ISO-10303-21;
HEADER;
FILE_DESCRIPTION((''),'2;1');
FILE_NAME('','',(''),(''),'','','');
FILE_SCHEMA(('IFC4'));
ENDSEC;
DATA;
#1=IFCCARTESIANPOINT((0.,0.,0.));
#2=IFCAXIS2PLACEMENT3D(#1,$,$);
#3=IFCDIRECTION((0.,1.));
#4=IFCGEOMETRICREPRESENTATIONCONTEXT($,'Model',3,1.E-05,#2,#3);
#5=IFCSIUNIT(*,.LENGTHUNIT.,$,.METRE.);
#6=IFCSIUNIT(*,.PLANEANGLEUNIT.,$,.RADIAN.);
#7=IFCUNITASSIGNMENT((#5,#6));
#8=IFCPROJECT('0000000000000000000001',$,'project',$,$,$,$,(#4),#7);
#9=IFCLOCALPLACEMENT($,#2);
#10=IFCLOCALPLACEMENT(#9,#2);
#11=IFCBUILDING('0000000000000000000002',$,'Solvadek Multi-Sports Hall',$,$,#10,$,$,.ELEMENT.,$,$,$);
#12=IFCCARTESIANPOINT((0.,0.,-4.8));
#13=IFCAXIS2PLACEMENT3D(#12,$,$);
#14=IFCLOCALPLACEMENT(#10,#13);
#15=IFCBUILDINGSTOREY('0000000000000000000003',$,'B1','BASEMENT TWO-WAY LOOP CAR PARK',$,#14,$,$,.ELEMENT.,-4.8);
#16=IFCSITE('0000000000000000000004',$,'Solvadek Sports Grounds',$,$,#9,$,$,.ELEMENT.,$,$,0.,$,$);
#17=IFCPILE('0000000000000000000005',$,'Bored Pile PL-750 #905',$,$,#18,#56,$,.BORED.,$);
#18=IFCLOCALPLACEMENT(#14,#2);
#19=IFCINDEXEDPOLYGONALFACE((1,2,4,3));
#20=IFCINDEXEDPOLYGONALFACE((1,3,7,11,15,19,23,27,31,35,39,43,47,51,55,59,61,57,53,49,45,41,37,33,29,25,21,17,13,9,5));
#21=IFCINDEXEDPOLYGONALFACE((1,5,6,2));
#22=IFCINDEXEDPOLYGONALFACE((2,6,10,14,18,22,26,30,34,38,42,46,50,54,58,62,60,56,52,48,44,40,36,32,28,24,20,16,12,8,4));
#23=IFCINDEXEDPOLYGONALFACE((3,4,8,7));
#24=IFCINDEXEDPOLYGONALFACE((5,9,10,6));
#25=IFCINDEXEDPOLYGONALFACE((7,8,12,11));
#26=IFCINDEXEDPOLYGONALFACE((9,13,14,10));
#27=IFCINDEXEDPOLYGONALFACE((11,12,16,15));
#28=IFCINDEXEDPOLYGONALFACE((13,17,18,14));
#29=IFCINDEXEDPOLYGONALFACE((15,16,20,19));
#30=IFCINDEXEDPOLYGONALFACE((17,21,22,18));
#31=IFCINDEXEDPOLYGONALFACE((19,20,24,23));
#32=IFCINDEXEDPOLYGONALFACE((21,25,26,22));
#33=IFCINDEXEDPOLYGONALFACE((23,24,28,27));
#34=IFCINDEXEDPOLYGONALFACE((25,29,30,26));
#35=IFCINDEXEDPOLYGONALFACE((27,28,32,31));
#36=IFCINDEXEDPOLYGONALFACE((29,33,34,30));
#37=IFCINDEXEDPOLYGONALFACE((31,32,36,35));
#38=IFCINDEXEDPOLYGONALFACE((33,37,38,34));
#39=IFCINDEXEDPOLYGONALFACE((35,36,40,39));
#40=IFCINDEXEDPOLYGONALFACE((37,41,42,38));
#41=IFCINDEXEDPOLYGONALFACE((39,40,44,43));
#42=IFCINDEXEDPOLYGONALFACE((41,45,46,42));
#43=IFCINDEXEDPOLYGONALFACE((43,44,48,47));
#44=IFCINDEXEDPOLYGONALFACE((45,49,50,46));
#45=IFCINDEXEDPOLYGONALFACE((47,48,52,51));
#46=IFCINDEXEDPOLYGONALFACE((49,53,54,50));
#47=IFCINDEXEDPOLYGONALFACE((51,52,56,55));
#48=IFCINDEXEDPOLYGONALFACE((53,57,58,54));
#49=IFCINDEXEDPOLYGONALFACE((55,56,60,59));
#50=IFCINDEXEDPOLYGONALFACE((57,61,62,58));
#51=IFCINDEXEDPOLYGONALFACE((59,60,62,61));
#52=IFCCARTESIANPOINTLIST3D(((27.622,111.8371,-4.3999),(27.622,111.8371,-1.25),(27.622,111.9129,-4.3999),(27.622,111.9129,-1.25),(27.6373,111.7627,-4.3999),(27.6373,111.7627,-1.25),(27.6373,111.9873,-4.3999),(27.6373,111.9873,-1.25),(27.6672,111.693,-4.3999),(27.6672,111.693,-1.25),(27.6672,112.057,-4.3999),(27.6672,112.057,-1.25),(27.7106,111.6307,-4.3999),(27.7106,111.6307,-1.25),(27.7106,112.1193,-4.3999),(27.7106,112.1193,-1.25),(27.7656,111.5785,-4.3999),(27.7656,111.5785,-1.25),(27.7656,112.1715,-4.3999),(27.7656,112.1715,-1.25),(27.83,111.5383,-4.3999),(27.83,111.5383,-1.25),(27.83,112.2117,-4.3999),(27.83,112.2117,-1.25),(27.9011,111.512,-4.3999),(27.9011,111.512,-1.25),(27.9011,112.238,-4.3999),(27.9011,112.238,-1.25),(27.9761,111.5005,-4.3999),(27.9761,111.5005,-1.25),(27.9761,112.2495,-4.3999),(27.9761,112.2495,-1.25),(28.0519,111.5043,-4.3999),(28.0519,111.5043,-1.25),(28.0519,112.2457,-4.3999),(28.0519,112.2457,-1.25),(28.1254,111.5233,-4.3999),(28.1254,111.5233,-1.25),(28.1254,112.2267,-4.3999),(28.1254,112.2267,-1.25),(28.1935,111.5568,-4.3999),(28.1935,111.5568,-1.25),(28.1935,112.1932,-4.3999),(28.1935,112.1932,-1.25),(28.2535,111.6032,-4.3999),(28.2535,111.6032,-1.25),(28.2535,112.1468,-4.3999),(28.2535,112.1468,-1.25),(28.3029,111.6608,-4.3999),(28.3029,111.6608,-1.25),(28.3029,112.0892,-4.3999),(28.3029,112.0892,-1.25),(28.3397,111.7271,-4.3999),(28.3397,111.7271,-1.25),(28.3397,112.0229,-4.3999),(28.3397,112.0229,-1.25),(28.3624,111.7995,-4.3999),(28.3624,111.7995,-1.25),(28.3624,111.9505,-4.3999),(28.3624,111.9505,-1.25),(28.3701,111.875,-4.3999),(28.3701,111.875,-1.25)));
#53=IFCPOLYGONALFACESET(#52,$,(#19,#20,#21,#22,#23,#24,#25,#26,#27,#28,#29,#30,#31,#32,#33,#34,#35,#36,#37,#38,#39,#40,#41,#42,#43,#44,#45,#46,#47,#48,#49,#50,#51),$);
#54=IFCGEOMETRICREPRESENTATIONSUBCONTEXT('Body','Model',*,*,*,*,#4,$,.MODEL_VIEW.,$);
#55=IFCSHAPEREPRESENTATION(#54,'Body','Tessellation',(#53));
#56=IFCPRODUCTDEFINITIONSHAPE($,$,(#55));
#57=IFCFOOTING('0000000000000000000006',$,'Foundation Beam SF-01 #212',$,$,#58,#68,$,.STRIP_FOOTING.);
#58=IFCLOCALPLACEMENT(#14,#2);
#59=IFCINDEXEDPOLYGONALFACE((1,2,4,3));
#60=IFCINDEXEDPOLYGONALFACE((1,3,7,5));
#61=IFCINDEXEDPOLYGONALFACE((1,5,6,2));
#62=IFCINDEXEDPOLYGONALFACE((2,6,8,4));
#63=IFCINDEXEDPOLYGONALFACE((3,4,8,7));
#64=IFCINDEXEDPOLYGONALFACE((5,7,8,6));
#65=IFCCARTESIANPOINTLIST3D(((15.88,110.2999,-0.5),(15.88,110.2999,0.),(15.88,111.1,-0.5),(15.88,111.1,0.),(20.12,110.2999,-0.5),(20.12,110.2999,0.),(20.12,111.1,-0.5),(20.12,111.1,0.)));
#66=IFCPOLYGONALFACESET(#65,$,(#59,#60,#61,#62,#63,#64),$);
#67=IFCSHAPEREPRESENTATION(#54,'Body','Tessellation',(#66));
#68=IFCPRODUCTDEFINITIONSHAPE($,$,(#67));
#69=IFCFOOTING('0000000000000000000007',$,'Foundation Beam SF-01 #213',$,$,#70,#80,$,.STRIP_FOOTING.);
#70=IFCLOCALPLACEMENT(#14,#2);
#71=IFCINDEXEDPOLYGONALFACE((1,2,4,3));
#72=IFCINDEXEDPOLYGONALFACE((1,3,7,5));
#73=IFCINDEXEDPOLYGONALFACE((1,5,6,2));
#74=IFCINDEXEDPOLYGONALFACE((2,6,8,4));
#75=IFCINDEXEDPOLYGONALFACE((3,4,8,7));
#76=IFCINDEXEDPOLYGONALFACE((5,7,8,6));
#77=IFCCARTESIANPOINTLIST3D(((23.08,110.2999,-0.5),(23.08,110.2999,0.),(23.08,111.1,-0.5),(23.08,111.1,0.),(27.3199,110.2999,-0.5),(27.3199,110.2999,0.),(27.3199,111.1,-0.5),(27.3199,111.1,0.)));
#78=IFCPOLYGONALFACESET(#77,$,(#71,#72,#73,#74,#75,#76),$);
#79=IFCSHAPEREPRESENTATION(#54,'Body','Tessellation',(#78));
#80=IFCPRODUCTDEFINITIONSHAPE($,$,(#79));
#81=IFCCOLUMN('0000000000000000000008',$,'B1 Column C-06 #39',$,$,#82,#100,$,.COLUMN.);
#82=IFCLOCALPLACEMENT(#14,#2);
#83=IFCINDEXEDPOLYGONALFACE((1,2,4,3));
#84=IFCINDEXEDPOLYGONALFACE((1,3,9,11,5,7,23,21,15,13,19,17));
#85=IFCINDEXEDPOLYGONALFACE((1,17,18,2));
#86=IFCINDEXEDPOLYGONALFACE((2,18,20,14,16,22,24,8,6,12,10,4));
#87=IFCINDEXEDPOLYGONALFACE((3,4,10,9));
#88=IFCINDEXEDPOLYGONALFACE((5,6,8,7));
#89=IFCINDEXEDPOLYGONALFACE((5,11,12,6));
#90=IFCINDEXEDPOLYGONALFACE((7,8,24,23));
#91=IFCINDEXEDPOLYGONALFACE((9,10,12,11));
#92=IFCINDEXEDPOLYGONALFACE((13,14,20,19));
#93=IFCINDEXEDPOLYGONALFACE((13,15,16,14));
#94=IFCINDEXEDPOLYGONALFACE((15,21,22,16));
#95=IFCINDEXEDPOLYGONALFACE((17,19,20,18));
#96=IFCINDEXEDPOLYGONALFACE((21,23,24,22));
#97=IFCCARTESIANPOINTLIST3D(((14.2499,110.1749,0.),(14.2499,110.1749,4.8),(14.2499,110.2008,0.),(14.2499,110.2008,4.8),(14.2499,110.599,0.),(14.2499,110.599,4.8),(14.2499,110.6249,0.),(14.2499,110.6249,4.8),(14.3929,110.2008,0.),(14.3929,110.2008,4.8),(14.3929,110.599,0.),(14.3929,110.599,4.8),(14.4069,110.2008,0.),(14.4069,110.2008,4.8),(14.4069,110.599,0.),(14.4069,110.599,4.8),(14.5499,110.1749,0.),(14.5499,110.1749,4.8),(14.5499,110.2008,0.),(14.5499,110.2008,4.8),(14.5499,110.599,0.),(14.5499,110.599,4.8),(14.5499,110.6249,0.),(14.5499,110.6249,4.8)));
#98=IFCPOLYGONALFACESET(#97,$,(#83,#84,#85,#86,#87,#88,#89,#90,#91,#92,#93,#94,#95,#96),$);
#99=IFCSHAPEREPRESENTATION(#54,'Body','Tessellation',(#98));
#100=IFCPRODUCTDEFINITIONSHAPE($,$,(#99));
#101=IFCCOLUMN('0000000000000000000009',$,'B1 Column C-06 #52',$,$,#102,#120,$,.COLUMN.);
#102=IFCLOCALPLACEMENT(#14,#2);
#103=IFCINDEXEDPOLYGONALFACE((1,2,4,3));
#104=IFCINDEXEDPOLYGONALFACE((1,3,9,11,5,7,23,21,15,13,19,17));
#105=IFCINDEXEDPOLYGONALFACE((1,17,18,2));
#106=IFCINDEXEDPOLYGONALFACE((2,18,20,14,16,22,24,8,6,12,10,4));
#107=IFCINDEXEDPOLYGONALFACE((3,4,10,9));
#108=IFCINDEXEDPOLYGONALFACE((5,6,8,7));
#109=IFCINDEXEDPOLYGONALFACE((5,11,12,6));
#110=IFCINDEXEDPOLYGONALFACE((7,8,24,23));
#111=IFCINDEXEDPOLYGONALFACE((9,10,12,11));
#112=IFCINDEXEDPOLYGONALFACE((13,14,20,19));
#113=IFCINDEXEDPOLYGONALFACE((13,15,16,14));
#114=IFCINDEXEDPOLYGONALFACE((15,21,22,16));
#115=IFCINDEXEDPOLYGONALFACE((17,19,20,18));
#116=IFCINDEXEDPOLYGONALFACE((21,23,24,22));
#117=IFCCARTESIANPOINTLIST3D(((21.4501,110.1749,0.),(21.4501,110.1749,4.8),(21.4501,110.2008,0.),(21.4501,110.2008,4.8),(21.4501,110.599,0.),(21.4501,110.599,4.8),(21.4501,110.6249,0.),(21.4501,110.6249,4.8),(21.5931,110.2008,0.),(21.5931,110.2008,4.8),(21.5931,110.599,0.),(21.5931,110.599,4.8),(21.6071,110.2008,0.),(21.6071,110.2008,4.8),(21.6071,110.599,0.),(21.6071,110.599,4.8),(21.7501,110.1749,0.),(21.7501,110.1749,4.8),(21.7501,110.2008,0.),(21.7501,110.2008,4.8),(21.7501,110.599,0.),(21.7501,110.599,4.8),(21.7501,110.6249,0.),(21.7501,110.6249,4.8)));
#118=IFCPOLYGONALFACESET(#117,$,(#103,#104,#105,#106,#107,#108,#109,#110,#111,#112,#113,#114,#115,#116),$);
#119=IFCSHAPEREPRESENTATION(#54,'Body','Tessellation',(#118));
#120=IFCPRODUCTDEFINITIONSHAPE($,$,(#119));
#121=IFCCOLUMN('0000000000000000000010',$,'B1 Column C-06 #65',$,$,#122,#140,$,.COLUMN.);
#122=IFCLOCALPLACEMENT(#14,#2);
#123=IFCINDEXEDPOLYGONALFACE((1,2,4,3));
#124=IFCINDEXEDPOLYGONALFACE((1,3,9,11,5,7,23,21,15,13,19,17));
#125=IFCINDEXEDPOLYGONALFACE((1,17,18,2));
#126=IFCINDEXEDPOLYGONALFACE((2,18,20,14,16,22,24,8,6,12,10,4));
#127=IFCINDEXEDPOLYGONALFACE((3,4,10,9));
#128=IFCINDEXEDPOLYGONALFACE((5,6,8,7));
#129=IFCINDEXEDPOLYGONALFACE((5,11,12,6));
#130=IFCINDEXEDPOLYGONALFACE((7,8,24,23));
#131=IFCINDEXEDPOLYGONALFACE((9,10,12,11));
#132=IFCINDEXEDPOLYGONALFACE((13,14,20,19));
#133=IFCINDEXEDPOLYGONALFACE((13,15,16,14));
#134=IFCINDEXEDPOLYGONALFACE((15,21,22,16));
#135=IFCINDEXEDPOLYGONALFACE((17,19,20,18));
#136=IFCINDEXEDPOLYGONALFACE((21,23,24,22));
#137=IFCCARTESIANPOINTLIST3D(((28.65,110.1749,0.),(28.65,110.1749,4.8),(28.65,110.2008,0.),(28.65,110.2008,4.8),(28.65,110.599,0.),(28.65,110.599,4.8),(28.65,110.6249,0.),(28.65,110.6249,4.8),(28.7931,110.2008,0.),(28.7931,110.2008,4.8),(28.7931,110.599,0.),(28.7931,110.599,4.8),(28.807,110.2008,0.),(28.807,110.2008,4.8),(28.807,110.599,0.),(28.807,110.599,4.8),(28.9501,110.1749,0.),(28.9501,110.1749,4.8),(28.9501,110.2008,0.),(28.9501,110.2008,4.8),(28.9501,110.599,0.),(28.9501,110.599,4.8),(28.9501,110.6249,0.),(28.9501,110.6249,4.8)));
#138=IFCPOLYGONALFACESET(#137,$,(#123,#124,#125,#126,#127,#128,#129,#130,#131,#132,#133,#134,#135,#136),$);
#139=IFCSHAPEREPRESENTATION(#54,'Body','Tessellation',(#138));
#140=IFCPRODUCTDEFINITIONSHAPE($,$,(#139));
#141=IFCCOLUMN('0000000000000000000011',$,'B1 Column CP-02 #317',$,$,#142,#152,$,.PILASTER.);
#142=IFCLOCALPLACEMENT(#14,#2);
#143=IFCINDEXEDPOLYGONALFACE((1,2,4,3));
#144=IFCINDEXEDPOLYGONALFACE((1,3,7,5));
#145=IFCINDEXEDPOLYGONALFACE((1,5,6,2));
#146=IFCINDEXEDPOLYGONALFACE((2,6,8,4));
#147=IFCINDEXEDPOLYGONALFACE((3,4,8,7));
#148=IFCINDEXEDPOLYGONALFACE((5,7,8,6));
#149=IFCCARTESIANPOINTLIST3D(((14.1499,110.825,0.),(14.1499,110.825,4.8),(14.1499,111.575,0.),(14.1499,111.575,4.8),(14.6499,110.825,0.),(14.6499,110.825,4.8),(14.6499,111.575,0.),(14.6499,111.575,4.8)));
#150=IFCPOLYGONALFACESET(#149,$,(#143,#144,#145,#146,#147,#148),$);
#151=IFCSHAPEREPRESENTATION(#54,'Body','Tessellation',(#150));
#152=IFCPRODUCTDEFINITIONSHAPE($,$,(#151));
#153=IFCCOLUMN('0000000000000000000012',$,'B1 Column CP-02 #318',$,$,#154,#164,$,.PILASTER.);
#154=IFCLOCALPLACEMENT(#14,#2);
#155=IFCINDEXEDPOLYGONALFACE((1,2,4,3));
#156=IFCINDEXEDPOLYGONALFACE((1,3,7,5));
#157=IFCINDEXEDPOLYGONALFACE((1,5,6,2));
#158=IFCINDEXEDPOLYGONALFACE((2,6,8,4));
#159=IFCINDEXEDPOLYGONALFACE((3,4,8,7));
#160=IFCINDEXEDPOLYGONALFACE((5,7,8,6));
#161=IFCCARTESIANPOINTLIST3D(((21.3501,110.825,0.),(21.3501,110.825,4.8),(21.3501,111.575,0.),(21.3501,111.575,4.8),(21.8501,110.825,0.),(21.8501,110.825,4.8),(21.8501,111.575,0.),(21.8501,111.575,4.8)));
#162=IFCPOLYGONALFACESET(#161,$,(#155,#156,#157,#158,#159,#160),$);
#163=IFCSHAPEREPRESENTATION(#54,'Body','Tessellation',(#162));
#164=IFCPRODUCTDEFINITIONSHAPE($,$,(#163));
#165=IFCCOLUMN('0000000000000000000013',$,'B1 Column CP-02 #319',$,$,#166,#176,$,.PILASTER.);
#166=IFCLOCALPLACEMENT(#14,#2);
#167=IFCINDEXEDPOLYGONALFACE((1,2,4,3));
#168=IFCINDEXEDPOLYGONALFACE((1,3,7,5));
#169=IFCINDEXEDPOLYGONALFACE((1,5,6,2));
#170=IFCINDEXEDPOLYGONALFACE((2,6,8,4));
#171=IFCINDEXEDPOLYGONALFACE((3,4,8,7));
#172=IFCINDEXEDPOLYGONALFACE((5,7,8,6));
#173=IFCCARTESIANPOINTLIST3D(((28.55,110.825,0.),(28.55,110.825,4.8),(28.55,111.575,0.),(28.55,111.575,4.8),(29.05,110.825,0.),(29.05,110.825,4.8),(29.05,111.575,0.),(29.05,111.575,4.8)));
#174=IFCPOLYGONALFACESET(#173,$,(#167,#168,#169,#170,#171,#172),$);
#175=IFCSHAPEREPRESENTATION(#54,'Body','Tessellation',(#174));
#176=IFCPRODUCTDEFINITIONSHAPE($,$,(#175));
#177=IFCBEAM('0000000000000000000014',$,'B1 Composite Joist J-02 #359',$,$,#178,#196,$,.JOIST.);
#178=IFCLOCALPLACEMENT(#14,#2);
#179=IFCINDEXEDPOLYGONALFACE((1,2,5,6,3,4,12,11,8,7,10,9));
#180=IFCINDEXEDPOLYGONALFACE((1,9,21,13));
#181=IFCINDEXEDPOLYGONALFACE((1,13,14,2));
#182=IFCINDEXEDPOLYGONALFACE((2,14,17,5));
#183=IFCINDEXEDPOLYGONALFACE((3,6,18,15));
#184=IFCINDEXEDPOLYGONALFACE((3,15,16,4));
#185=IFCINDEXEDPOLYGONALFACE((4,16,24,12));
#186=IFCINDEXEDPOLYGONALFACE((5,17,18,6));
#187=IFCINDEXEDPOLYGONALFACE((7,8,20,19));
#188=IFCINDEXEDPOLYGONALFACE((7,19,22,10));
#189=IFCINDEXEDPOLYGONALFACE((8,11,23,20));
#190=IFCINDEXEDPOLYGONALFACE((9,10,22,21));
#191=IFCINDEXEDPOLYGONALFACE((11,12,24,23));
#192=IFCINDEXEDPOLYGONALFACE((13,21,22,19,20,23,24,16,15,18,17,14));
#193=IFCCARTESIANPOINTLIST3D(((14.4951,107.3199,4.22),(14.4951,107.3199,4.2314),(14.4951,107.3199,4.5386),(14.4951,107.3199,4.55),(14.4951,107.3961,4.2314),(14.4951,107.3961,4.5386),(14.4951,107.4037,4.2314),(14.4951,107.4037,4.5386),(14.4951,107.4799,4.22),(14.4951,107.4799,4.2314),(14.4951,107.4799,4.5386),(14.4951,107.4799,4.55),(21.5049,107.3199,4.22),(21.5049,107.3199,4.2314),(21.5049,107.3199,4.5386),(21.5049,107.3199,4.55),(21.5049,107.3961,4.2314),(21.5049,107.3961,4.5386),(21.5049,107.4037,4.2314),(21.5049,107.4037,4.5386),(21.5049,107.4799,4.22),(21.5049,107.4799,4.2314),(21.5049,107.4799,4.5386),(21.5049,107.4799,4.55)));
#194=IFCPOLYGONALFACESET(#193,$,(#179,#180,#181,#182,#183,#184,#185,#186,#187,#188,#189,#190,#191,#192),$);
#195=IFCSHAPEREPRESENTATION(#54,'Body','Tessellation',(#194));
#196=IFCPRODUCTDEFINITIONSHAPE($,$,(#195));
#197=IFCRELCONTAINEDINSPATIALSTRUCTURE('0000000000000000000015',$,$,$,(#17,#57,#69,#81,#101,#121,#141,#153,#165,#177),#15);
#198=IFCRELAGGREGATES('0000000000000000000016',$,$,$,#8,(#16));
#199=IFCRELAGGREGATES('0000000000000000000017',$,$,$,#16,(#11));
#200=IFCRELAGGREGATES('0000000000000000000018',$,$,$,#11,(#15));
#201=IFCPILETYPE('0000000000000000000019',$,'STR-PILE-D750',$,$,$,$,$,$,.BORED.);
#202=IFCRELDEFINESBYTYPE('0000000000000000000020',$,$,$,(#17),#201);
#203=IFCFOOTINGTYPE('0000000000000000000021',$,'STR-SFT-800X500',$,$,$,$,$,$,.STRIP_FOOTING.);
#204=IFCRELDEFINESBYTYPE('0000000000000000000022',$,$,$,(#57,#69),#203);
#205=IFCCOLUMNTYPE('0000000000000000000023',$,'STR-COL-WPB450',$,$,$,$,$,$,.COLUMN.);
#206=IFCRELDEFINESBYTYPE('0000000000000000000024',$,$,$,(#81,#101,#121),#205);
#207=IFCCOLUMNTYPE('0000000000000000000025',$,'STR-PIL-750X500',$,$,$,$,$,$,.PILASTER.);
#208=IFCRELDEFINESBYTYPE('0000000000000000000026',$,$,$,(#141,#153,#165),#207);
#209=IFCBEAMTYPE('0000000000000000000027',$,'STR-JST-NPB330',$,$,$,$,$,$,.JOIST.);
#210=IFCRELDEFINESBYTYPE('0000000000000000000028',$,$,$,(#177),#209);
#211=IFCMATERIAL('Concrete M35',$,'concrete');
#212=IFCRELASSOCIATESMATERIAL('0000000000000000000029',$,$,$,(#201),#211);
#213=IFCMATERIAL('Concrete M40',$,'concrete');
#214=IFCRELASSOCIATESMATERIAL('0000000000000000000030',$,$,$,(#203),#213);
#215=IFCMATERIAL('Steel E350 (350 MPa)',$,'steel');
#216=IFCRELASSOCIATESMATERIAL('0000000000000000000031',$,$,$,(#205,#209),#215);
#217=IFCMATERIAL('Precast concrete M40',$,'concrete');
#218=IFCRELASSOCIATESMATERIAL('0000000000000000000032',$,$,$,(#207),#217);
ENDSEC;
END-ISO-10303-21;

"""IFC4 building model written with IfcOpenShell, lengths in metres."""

from ifc_helpers import new_model, si_unit, direction, frame, origin, origin_2d, place, context, subcontext, project, spatial, rectangle, circle, i_section, extrude, material, material_profile, profile_set, type_object, element, save


model = new_model("IFC4")

# Units and contexts
model_context = context("Model", 3, precision=1e-05, world=origin(), true_north=direction((0.0, 1.0)))
body_context = subcontext(model_context, "Body", "Model", "MODEL_VIEW")
ifc_project = project(units=[si_unit("LENGTHUNIT", "METRE"), si_unit("PLANEANGLEUNIT", "RADIAN")], contexts=[model_context])

# Site, building, storey
site_placement = place(None, origin())
site = spatial("IfcSite", under=ifc_project, at=site_placement, Name="Solvadek Sports Grounds", CompositionType="ELEMENT", RefElevation=0.0)
building_placement = place(site_placement, origin())
building = spatial("IfcBuilding", under=site, at=building_placement, Name="Solvadek Multi-Sports Hall", CompositionType="ELEMENT")
storey_placement = place(building_placement, frame((0.0, 0.0, -4.8)))
storey = spatial("IfcBuildingStorey", under=building, at=storey_placement, Name="B1", Description="BASEMENT TWO-WAY LOOP CAR PARK", CompositionType="ELEMENT", Elevation=-4.8)

# Shared definitions
ifc_material_1 = material(Name="Concrete M40", Category="concrete")

# Pile
ifc_material_2 = material(Name="Concrete M35", Category="concrete")
ifc_material_profile_1 = material_profile(ifc_material_2, circle(Radius=0.375, at=origin_2d()), Name="BORED PILE D750")
ifc_profile_set_1 = profile_set([ifc_material_profile_1], Name="Concrete M35")
pile_type = type_object("IfcPileType", Name="STR-PILE-D750", PredefinedType="BORED", material=ifc_profile_set_1)
for number, where, z_axis, x_axis, name in (
    (1, (27.9951, 111.875, -1.25), (0.0, 0.0, -1.0), (1.0, 0.0, 0.0), "Bored Pile PL-750 #905"),
):
    element("IfcPile", number, at=place(storey_placement, frame(where, z_axis=z_axis, x_axis=x_axis)), inside=storey, type_object=pile_type, Name=name, PredefinedType="BORED", context=body_context, shape_type="SweptSolid", body=[
        extrude(circle(Radius=0.375, at=origin_2d()), origin(), (0.0, 0.0, 1.0), 3.1499),
    ])

# Footings
footing_type_1 = type_object("IfcFootingType", Name="STR-SFT-800X500", PredefinedType="STRIP_FOOTING", material=ifc_material_1)
for number, where, z_axis, x_axis, name in (
    (2, (18.0, 110.7, -0.5), (0.0, 0.0, 1.0), (1.0, 0.0, 0.0), "Foundation Beam SF-01 #212"),
    (3, (25.2, 110.7, -0.5), (0.0, 0.0, 1.0), (1.0, 0.0, 0.0), "Foundation Beam SF-01 #213"),
):
    element("IfcFooting", number, at=place(storey_placement, frame(where, z_axis=z_axis, x_axis=x_axis)), inside=storey, type_object=footing_type_1, Name=name, PredefinedType="STRIP_FOOTING", context=body_context, shape_type="SweptSolid", body=[
        extrude(rectangle(XDim=4.24, YDim=0.8, at=origin_2d()), origin(), (0.0, 0.0, 1.0), 0.5),
    ])

# Columns
ifc_material_3 = material(Name="Steel E350 (350 MPa)", Category="steel")
ifc_material_profile_2 = material_profile(ifc_material_3, i_section(OverallWidth=0.3, OverallDepth=0.45, WebThickness=0.0139, FlangeThickness=0.0259, at=origin_2d()), Name="WPB 450")
ifc_profile_set_2 = profile_set([ifc_material_profile_2], Name="Steel E350 (350 MPa)")
column_type_1 = type_object("IfcColumnType", Name="STR-COL-WPB450", PredefinedType="COLUMN", material=ifc_profile_set_2)
for number, where, z_axis, x_axis, name in (
    (4, (14.3999, 110.3999, 0.0), (0.0, 0.0, 1.0), (1.0, 0.0, 0.0), "B1 Column C-06 #39"),
    (5, (21.6001, 110.3999, 0.0), (0.0, 0.0, 1.0), (1.0, 0.0, 0.0), "B1 Column C-06 #52"),
    (6, (28.8, 110.3999, 0.0), (0.0, 0.0, 1.0), (1.0, 0.0, 0.0), "B1 Column C-06 #65"),
):
    element("IfcColumn", number, at=place(storey_placement, frame(where, z_axis=z_axis, x_axis=x_axis)), inside=storey, type_object=column_type_1, Name=name, PredefinedType="COLUMN", context=body_context, shape_type="SweptSolid", body=[
        extrude(i_section(OverallWidth=0.3, OverallDepth=0.45, WebThickness=0.0139, FlangeThickness=0.0259, at=origin_2d()), origin(), (0.0, 0.0, 1.0), 4.8),
    ])
ifc_material_4 = material(Name="Precast concrete M40", Category="concrete")
ifc_material_profile_3 = material_profile(ifc_material_4, rectangle(XDim=0.5, YDim=0.75, at=origin_2d()), Name="RC PILASTER 750x500")
ifc_profile_set_3 = profile_set([ifc_material_profile_3], Name="Precast concrete M40")
column_type_2 = type_object("IfcColumnType", Name="STR-PIL-750X500", PredefinedType="PILASTER", material=ifc_profile_set_3)
for number, where, z_axis, x_axis, name in (
    (7, (14.3999, 111.2, 0.0), (0.0, 0.0, 1.0), (1.0, 0.0, 0.0), "B1 Column CP-02 #317"),
    (8, (21.6001, 111.2, 0.0), (0.0, 0.0, 1.0), (1.0, 0.0, 0.0), "B1 Column CP-02 #318"),
    (9, (28.8, 111.2, 0.0), (0.0, 0.0, 1.0), (1.0, 0.0, 0.0), "B1 Column CP-02 #319"),
):
    element("IfcColumn", number, at=place(storey_placement, frame(where, z_axis=z_axis, x_axis=x_axis)), inside=storey, type_object=column_type_2, Name=name, PredefinedType="PILASTER", context=body_context, shape_type="SweptSolid", body=[
        extrude(rectangle(XDim=0.5, YDim=0.75, at=origin_2d()), origin(), (0.0, 0.0, 1.0), 4.8),
    ])

# Beam
ifc_material_profile_4 = material_profile(ifc_material_3, i_section(OverallWidth=0.1599, OverallDepth=0.3301, WebThickness=0.0076, FlangeThickness=0.0115, at=origin_2d()), Name="NPB 330")
ifc_profile_set_4 = profile_set([ifc_material_profile_4], Name="Steel E350 (350 MPa)")
beam_type_1 = type_object("IfcBeamType", Name="STR-JST-NPB330", PredefinedType="JOIST", material=ifc_profile_set_4)
beam_placement = place(storey_placement, frame((14.4951, 107.3999, 4.385), z_axis=(1.0, 0.0, 0.0), x_axis=(0.0, 1.0, 0.0)))
element("IfcBeam", 10, at=beam_placement, inside=storey, type_object=beam_type_1, Name="B1 Composite Joist J-02 #359", PredefinedType="JOIST", context=body_context, shape_type="SweptSolid", body=[
    extrude(i_section(OverallWidth=0.1599, OverallDepth=0.3301, WebThickness=0.0076, FlangeThickness=0.0115, at=origin_2d()), origin(), (0.0, 0.0, 1.0), 7.0098),
])

save(model, "model.ifc")
